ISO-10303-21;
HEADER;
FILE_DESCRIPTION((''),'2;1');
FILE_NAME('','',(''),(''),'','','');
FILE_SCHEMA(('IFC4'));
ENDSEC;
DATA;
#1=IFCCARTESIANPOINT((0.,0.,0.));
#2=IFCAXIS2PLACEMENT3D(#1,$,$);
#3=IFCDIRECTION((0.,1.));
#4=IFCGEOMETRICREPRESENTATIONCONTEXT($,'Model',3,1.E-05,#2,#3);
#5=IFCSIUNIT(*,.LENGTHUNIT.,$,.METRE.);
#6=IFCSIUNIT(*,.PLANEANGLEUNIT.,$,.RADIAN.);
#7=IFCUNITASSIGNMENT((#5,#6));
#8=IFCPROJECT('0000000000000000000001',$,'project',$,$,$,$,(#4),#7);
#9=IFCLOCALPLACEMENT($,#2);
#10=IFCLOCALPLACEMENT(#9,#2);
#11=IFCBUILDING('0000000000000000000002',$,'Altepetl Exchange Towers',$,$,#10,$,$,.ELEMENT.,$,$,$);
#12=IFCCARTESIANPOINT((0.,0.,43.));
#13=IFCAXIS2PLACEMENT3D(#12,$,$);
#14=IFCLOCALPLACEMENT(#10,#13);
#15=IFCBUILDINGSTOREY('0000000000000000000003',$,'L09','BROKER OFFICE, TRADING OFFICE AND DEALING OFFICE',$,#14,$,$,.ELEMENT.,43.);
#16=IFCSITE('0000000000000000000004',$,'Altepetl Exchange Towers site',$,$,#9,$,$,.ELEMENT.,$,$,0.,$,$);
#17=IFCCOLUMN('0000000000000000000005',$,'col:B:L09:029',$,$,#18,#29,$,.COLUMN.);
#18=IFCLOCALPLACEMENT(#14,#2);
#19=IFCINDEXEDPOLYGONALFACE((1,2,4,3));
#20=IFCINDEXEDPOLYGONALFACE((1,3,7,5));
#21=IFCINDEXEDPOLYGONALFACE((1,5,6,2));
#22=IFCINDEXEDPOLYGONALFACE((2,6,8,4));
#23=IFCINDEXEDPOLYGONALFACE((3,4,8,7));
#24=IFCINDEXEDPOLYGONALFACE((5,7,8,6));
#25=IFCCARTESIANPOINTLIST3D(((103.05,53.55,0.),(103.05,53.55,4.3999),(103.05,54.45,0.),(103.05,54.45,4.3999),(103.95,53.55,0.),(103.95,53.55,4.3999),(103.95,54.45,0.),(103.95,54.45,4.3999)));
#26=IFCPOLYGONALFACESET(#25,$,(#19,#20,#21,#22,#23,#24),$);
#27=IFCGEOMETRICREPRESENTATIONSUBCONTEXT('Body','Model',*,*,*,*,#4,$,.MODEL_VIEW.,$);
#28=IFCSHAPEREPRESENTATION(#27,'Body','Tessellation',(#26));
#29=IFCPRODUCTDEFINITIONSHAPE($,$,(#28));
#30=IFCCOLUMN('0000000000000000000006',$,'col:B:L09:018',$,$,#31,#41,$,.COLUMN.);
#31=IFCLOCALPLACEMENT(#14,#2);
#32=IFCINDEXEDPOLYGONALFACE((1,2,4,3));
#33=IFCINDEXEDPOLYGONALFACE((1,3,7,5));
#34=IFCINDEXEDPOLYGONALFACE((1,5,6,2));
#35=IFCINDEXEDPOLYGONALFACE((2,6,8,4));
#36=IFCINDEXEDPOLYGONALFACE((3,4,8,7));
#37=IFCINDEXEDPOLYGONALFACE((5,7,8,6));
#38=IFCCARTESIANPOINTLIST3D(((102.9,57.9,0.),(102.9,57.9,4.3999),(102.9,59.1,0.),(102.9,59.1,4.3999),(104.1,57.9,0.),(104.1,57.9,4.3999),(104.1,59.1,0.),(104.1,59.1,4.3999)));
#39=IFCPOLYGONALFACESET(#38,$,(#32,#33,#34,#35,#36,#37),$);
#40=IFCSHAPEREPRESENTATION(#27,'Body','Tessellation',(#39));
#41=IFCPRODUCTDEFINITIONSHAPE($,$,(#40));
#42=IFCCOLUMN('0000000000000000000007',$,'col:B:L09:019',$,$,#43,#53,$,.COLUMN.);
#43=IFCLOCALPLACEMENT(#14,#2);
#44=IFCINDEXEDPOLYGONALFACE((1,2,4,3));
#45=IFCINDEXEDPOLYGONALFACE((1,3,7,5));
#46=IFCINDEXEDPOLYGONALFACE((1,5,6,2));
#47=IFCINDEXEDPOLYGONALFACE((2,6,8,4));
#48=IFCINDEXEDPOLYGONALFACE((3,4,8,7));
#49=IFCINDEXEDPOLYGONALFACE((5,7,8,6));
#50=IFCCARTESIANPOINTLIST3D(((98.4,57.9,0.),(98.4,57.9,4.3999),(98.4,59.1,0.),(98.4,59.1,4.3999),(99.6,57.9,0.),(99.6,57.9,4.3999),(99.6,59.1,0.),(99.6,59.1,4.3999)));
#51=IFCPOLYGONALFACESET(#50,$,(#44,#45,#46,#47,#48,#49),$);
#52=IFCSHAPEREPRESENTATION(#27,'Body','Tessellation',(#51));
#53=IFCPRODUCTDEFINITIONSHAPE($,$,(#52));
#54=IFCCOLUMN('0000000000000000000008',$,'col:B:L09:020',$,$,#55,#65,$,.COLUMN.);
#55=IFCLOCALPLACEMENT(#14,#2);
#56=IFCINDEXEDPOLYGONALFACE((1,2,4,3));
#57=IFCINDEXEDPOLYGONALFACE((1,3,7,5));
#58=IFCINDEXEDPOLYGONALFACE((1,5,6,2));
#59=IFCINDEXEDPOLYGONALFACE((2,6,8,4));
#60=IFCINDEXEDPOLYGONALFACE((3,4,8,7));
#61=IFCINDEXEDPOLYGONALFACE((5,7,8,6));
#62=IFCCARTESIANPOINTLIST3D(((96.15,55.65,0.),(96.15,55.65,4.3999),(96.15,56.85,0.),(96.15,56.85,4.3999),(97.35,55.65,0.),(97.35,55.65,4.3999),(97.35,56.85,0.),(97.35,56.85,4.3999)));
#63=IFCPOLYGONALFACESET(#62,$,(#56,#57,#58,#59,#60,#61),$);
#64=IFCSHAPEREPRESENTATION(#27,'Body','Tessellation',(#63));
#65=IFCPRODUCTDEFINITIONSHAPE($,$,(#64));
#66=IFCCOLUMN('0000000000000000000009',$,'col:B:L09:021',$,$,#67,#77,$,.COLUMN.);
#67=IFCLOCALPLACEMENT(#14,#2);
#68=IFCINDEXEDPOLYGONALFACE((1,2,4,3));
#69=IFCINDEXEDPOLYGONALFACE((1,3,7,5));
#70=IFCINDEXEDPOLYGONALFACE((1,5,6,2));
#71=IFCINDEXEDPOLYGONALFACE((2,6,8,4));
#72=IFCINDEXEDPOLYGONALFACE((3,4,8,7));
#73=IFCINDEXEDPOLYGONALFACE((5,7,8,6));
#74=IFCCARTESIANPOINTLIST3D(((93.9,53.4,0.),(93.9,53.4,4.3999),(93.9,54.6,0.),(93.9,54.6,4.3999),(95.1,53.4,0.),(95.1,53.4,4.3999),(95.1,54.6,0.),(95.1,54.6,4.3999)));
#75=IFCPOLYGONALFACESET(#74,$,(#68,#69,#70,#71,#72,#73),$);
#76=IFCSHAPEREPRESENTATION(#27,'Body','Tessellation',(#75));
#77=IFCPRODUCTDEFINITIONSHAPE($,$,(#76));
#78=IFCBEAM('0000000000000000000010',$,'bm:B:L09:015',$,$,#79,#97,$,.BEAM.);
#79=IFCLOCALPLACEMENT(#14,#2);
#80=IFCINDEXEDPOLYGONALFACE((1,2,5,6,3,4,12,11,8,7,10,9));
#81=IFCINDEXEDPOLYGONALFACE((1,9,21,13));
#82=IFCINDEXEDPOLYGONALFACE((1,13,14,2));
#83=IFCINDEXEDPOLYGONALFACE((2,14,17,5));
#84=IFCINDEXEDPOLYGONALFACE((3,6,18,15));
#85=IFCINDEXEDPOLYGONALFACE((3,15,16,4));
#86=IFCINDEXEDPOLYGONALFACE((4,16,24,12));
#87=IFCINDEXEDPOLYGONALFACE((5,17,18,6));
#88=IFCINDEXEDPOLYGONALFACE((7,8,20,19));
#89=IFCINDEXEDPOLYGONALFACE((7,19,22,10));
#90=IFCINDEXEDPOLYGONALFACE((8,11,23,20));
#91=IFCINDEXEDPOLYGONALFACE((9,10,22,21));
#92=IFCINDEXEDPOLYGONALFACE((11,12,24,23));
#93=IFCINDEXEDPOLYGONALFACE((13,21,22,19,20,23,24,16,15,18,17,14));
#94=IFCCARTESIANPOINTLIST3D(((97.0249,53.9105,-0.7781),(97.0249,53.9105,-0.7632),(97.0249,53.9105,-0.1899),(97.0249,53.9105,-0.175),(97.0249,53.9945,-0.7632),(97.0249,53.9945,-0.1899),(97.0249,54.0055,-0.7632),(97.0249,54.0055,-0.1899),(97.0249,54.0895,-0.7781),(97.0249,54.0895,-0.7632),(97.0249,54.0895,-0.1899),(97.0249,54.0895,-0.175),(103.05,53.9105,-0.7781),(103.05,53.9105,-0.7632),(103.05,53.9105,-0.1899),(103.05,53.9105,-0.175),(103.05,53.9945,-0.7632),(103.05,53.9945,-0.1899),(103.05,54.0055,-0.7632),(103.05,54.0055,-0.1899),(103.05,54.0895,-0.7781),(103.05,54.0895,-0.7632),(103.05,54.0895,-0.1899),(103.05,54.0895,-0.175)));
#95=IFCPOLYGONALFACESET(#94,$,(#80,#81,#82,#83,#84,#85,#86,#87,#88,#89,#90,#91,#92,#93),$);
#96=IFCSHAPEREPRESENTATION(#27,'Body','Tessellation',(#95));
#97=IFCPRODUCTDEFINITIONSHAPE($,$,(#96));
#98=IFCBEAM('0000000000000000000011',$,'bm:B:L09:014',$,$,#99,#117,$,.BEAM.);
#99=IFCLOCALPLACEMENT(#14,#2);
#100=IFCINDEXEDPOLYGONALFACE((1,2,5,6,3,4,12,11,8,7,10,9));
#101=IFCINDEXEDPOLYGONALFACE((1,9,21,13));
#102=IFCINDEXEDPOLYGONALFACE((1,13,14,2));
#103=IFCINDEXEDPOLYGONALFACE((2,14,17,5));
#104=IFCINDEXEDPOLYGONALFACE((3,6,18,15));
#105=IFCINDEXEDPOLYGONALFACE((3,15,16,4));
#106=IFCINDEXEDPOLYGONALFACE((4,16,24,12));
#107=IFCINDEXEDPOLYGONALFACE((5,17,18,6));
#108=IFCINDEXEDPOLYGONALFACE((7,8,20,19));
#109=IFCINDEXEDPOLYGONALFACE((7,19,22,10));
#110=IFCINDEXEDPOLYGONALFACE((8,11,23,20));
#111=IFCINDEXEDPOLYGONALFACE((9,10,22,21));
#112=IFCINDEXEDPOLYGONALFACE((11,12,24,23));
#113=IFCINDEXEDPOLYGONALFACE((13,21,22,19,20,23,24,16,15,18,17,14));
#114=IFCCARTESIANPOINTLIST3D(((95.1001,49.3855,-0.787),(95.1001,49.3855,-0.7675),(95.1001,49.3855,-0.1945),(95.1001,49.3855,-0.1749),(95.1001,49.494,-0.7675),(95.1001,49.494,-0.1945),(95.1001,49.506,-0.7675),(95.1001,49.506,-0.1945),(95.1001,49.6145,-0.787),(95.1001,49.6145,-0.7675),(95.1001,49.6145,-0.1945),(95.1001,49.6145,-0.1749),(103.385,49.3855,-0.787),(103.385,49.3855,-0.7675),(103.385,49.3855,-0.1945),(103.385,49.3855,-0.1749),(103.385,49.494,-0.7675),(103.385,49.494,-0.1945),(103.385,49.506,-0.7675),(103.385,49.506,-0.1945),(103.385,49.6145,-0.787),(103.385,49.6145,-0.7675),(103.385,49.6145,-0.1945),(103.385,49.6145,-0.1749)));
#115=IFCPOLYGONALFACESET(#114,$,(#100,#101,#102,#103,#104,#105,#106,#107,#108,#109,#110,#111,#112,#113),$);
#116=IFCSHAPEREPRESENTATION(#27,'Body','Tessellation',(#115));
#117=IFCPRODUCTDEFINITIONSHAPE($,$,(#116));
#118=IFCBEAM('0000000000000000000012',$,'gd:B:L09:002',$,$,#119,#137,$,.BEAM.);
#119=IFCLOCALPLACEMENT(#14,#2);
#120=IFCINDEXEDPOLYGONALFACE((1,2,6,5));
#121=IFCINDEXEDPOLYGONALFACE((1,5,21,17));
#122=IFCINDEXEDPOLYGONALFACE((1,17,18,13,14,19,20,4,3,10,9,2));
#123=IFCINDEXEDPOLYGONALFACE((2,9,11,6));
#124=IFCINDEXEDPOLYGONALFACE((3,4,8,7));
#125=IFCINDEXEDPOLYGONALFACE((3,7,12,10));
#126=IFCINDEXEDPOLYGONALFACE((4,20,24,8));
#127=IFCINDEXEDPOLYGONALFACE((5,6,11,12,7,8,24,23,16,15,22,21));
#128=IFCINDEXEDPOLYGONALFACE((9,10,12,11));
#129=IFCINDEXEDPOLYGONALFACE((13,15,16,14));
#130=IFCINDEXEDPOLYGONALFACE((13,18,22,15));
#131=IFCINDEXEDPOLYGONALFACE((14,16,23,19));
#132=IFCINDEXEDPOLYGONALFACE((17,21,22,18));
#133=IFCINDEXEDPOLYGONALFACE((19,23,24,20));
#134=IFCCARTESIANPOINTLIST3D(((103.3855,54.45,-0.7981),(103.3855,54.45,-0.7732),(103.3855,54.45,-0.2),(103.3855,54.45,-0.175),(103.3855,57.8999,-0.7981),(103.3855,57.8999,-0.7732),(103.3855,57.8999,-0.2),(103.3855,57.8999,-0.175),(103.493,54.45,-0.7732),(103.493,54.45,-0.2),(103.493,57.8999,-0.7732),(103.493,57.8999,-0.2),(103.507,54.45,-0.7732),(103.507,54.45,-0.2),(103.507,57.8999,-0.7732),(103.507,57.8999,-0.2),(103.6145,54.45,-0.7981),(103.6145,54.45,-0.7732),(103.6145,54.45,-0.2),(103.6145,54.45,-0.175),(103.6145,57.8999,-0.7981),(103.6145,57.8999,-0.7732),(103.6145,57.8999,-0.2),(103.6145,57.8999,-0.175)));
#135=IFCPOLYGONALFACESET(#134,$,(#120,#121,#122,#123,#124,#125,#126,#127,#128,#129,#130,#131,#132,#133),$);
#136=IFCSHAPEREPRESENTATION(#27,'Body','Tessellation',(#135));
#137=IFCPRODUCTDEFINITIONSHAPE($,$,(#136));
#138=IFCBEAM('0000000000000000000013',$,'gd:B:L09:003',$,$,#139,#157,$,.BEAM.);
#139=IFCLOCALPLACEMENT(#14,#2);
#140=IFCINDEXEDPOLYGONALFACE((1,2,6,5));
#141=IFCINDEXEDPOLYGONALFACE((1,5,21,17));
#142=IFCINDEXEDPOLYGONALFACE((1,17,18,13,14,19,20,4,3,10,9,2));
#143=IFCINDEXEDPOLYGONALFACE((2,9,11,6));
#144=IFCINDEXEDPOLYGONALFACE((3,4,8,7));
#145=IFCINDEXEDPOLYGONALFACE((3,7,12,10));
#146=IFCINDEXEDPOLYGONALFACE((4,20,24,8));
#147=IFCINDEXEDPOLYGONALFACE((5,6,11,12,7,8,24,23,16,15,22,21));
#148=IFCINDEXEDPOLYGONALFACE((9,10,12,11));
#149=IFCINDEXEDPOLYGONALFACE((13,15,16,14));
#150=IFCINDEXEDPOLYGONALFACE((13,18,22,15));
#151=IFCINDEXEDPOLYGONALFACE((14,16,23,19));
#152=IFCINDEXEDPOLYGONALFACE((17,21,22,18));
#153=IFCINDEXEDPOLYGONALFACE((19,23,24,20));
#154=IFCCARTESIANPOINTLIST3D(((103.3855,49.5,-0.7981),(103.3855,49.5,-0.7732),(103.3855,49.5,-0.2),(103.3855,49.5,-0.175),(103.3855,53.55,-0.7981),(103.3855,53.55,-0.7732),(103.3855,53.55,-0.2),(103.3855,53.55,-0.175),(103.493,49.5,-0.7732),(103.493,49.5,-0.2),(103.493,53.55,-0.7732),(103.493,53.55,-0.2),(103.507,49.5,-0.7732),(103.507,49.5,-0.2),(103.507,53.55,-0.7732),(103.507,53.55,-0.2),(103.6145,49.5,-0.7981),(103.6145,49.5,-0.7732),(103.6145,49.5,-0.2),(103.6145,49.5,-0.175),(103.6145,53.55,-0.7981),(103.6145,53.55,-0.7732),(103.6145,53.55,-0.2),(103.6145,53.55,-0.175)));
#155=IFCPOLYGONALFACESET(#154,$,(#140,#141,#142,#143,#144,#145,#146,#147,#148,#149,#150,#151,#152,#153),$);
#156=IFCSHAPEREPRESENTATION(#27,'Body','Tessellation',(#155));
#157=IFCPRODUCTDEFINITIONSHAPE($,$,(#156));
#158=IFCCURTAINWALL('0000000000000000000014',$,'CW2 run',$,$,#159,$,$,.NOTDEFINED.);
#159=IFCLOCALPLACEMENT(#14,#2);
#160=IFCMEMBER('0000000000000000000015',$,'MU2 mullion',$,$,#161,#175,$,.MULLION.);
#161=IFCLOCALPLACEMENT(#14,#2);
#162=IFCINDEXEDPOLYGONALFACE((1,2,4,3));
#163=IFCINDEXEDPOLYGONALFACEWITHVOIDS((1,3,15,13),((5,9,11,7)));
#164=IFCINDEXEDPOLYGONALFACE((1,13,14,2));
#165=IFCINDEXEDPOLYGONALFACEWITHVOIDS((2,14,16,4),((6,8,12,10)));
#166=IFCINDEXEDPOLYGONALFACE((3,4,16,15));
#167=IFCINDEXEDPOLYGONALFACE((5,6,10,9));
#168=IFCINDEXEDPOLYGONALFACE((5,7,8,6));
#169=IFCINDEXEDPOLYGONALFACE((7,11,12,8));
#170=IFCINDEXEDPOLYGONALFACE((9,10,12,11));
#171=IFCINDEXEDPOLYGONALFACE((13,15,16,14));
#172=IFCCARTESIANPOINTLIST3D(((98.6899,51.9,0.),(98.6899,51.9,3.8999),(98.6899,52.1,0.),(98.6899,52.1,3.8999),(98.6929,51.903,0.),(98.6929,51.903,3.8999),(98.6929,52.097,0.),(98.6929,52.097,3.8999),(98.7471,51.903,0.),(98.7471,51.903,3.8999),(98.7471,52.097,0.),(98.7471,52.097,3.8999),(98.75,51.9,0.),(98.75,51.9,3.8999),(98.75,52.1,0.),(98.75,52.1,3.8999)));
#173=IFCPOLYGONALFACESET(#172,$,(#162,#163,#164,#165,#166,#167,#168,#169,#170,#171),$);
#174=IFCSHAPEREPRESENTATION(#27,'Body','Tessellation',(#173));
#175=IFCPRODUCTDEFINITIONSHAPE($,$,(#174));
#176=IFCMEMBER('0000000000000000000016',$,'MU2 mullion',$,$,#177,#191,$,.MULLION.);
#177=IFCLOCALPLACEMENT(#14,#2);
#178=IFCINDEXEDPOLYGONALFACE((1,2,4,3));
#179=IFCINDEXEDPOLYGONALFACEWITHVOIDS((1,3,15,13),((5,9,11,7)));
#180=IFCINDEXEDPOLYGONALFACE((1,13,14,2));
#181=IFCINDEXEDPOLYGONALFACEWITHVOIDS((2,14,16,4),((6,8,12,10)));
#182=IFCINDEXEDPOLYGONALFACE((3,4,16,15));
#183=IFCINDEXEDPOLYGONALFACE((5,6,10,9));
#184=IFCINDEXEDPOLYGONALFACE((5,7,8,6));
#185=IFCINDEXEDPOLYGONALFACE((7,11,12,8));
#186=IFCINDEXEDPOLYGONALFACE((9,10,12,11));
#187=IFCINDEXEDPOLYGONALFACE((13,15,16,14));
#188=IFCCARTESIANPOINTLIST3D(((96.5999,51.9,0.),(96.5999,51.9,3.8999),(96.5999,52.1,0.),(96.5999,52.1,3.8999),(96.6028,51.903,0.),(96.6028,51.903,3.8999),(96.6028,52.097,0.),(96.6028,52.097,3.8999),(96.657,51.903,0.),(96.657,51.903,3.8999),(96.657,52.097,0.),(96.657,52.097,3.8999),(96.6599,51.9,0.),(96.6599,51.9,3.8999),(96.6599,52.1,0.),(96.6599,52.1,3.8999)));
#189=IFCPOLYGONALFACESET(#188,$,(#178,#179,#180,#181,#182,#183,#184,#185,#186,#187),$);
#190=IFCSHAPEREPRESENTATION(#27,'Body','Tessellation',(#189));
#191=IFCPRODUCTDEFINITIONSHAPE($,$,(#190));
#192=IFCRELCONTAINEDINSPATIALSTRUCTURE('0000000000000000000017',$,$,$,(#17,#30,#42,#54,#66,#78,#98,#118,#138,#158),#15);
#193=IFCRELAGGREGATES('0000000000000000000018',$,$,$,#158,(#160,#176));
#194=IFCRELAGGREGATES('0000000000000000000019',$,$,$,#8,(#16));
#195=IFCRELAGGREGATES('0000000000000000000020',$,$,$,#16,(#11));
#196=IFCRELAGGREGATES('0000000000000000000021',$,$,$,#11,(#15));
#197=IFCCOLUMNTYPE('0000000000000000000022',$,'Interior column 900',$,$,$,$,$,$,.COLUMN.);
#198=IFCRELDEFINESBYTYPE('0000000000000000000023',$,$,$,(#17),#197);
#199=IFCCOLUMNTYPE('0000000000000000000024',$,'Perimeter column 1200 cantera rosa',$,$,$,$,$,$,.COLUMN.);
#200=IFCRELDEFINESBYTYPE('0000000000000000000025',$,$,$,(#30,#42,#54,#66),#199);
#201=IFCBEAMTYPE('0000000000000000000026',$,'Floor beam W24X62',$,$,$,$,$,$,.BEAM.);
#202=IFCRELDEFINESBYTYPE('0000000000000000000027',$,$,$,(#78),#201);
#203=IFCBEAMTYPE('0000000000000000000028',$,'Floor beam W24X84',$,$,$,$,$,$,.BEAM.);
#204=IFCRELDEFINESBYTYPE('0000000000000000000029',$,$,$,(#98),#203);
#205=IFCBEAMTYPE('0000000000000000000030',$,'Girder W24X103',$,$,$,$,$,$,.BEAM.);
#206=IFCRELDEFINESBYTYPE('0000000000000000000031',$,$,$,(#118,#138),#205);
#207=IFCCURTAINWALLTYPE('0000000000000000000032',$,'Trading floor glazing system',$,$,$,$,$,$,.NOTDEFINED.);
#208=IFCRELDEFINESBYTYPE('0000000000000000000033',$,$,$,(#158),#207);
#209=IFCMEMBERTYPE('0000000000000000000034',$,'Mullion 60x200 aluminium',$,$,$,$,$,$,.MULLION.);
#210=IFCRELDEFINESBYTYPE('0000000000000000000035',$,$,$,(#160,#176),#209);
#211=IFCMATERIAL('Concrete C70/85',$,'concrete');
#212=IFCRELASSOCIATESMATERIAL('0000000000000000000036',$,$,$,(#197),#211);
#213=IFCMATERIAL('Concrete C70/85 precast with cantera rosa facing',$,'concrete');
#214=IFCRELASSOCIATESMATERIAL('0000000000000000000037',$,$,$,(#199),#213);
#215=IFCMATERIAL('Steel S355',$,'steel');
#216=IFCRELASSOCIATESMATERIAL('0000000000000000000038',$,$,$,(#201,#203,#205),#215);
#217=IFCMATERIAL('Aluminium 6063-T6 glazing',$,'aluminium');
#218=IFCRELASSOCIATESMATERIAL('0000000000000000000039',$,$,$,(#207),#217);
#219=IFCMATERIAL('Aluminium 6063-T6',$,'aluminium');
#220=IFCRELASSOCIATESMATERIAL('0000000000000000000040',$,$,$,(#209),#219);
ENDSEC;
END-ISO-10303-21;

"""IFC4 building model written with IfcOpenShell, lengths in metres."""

from ifc_helpers import new_model, si_unit, direction, frame, origin, origin_2d, place, context, subcontext, project, spatial, rectangle, hollow_rectangle, i_section, extrude, material, material_profile, profile_set, type_object, element, aggregate, save


model = new_model("IFC4")

# Units and contexts
model_context = context("Model", 3, precision=1e-05, world=origin(), true_north=direction((0.0, 1.0)))
body_context = subcontext(model_context, "Body", "Model", "MODEL_VIEW")
ifc_project = project(units=[si_unit("LENGTHUNIT", "METRE"), si_unit("PLANEANGLEUNIT", "RADIAN")], contexts=[model_context])

# Site, building, storey
site_placement = place(None, origin())
site = spatial("IfcSite", under=ifc_project, at=site_placement, Name="Altepetl Exchange Towers site", CompositionType="ELEMENT", RefElevation=0.0)
building_placement = place(site_placement, origin())
building = spatial("IfcBuilding", under=site, at=building_placement, Name="Altepetl Exchange Towers", CompositionType="ELEMENT")
storey_placement = place(building_placement, frame((0.0, 0.0, 43.0)))
storey = spatial("IfcBuildingStorey", under=building, at=storey_placement, Name="L09", Description="BROKER OFFICE, TRADING OFFICE AND DEALING OFFICE", CompositionType="ELEMENT", Elevation=43.0)

# Columns
ifc_material_1 = material(Name="Concrete C70/85", Category="concrete")
ifc_material_profile_1 = material_profile(ifc_material_1, rectangle(XDim=0.8999, YDim=0.8999, at=origin_2d()), Name="900 x 900")
ifc_profile_set_1 = profile_set([ifc_material_profile_1], Name="Concrete C70/85")
column_type_1 = type_object("IfcColumnType", Name="Interior column 900", PredefinedType="COLUMN", material=ifc_profile_set_1)
column_placement = place(storey_placement, frame((103.5, 54.0, 0.0)))
element("IfcColumn", 1, at=column_placement, inside=storey, type_object=column_type_1, Name="col:B:L09:029", PredefinedType="COLUMN", context=body_context, shape_type="SweptSolid", body=[
    extrude(rectangle(XDim=0.8999, YDim=0.8999, at=origin_2d()), origin(), (0.0, 0.0, 1.0), 4.3999),
])
ifc_material_2 = material(Name="Concrete C70/85 precast with cantera rosa facing", Category="concrete")
ifc_material_profile_2 = material_profile(ifc_material_2, rectangle(XDim=1.2, YDim=1.2, at=origin_2d()), Name="1200 x 1200")
ifc_profile_set_2 = profile_set([ifc_material_profile_2], Name="Concrete C70/85 precast with cantera rosa facing")
column_type_2 = type_object("IfcColumnType", Name="Perimeter column 1200 cantera rosa", PredefinedType="COLUMN", material=ifc_profile_set_2)
for number, where, name in (
    (2, (103.5, 58.5, 0.0), "col:B:L09:018"),
    (3, (99.0, 58.5, 0.0), "col:B:L09:019"),
    (4, (96.75, 56.25, 0.0), "col:B:L09:020"),
    (5, (94.5, 54.0, 0.0), "col:B:L09:021"),
):
    element("IfcColumn", number, at=place(storey_placement, frame(where)), inside=storey, type_object=column_type_2, Name=name, PredefinedType="COLUMN", context=body_context, shape_type="SweptSolid", body=[
        extrude(rectangle(XDim=1.2, YDim=1.2, at=origin_2d()), origin(), (0.0, 0.0, 1.0), 4.3999),
    ])

# Beams
ifc_material_3 = material(Name="Steel S355", Category="steel")
ifc_material_profile_3 = material_profile(ifc_material_3, i_section(OverallWidth=0.179, OverallDepth=0.603, WebThickness=0.011, FlangeThickness=0.0149, at=origin_2d()), Name="W24X62")
ifc_profile_set_3 = profile_set([ifc_material_profile_3], Name="Steel S355")
beam_type_1 = type_object("IfcBeamType", Name="Floor beam W24X62", PredefinedType="BEAM", material=ifc_profile_set_3)
beam_1_placement = place(storey_placement, frame((97.0249, 54.0, -0.4766), z_axis=(1.0, 0.0, 0.0), x_axis=(0.0, 1.0, 0.0)))
element("IfcBeam", 6, at=beam_1_placement, inside=storey, type_object=beam_type_1, Name="bm:B:L09:015", PredefinedType="BEAM", context=body_context, shape_type="SweptSolid", body=[
    extrude(i_section(OverallWidth=0.179, OverallDepth=0.603, WebThickness=0.011, FlangeThickness=0.0149, at=origin_2d()), origin(), (0.0, 0.0, 1.0), 6.0251),
])
ifc_material_profile_4 = material_profile(ifc_material_3, i_section(OverallWidth=0.229, OverallDepth=0.6121, WebThickness=0.012, FlangeThickness=0.0195, at=origin_2d()), Name="W24X84")
ifc_profile_set_4 = profile_set([ifc_material_profile_4], Name="Steel S355")
beam_type_2 = type_object("IfcBeamType", Name="Floor beam W24X84", PredefinedType="BEAM", material=ifc_profile_set_4)
beam_2_placement = place(storey_placement, frame((95.1001, 49.5, -0.481), z_axis=(1.0, 0.0, 0.0), x_axis=(0.0, 1.0, 0.0)))
element("IfcBeam", 7, at=beam_2_placement, inside=storey, type_object=beam_type_2, Name="bm:B:L09:014", PredefinedType="BEAM", context=body_context, shape_type="SweptSolid", body=[
    extrude(i_section(OverallWidth=0.229, OverallDepth=0.6121, WebThickness=0.012, FlangeThickness=0.0195, at=origin_2d()), origin(), (0.0, 0.0, 1.0), 8.2849),
])
ifc_material_profile_5 = material_profile(ifc_material_3, i_section(OverallWidth=0.229, OverallDepth=0.623, WebThickness=0.0139, FlangeThickness=0.0249, at=origin_2d()), Name="W24X103")
ifc_profile_set_5 = profile_set([ifc_material_profile_5], Name="Steel S355")
beam_type_3 = type_object("IfcBeamType", Name="Girder W24X103", PredefinedType="BEAM", material=ifc_profile_set_5)
beam_3_placement = place(storey_placement, frame((103.5, 57.8999, -0.4866), z_axis=(0.0, -1.0, 0.0), x_axis=(1.0, 0.0, 0.0)))
element("IfcBeam", 8, at=beam_3_placement, inside=storey, type_object=beam_type_3, Name="gd:B:L09:002", PredefinedType="BEAM", context=body_context, shape_type="SweptSolid", body=[
    extrude(i_section(OverallWidth=0.229, OverallDepth=0.623, WebThickness=0.0139, FlangeThickness=0.0249, at=origin_2d()), origin(), (0.0, 0.0, 1.0), 3.45),
])
beam_4_placement = place(storey_placement, frame((103.5, 53.55, -0.4866), z_axis=(0.0, -1.0, 0.0), x_axis=(1.0, 0.0, 0.0)))
element("IfcBeam", 9, at=beam_4_placement, inside=storey, type_object=beam_type_3, Name="gd:B:L09:003", PredefinedType="BEAM", context=body_context, shape_type="SweptSolid", body=[
    extrude(i_section(OverallWidth=0.229, OverallDepth=0.623, WebThickness=0.0139, FlangeThickness=0.0249, at=origin_2d()), origin(), (0.0, 0.0, 1.0), 4.05),
])

# Curtain wall, members
ifc_material_4 = material(Name="Aluminium 6063-T6 glazing", Category="aluminium")
curtain_wall_type = type_object("IfcCurtainWallType", Name="Trading floor glazing system", PredefinedType="NOTDEFINED", material=ifc_material_4)
curtain_wall_1_placement = place(storey_placement, origin())
curtain_wall_1 = element("IfcCurtainWall", 10, at=curtain_wall_1_placement, inside=storey, type_object=curtain_wall_type, Name="CW2 run", PredefinedType="NOTDEFINED")
ifc_material_5 = material(Name="Aluminium 6063-T6", Category="aluminium")
ifc_material_profile_6 = material_profile(ifc_material_5, hollow_rectangle(XDim=0.0601, YDim=0.2, WallThickness=0.0029, at=origin_2d()), Name="Mullion 60x200 aluminium")
ifc_profile_set_6 = profile_set([ifc_material_profile_6], Name="Aluminium 6063-T6")
member_type = type_object("IfcMemberType", Name="Mullion 60x200 aluminium", PredefinedType="MULLION", material=ifc_profile_set_6)
member_1_placement = place(storey_placement, frame((98.72, 52.0, 0.0), z_axis=(0.0, 0.0, 1.0), x_axis=(-1.0, 0.0, 0.0)))
member_1 = element("IfcMember", 11, at=member_1_placement, type_object=member_type, Name="MU2 mullion", PredefinedType="MULLION", context=body_context, shape_type="SweptSolid", body=[
    extrude(hollow_rectangle(XDim=0.0601, YDim=0.2, WallThickness=0.0029, at=origin_2d()), origin(), (0.0, 0.0, 1.0), 3.8999),
])
member_2_placement = place(storey_placement, frame((96.6299, 52.0, 0.0), z_axis=(0.0, 0.0, 1.0), x_axis=(-1.0, 0.0, 0.0)))
member_2 = element("IfcMember", 12, at=member_2_placement, type_object=member_type, Name="MU2 mullion", PredefinedType="MULLION", context=body_context, shape_type="SweptSolid", body=[
    extrude(hollow_rectangle(XDim=0.0601, YDim=0.2, WallThickness=0.0029, at=origin_2d()), origin(), (0.0, 0.0, 1.0), 3.8999),
])

aggregate(curtain_wall_1, [member_1, member_2])

save(model, "model.ifc")
